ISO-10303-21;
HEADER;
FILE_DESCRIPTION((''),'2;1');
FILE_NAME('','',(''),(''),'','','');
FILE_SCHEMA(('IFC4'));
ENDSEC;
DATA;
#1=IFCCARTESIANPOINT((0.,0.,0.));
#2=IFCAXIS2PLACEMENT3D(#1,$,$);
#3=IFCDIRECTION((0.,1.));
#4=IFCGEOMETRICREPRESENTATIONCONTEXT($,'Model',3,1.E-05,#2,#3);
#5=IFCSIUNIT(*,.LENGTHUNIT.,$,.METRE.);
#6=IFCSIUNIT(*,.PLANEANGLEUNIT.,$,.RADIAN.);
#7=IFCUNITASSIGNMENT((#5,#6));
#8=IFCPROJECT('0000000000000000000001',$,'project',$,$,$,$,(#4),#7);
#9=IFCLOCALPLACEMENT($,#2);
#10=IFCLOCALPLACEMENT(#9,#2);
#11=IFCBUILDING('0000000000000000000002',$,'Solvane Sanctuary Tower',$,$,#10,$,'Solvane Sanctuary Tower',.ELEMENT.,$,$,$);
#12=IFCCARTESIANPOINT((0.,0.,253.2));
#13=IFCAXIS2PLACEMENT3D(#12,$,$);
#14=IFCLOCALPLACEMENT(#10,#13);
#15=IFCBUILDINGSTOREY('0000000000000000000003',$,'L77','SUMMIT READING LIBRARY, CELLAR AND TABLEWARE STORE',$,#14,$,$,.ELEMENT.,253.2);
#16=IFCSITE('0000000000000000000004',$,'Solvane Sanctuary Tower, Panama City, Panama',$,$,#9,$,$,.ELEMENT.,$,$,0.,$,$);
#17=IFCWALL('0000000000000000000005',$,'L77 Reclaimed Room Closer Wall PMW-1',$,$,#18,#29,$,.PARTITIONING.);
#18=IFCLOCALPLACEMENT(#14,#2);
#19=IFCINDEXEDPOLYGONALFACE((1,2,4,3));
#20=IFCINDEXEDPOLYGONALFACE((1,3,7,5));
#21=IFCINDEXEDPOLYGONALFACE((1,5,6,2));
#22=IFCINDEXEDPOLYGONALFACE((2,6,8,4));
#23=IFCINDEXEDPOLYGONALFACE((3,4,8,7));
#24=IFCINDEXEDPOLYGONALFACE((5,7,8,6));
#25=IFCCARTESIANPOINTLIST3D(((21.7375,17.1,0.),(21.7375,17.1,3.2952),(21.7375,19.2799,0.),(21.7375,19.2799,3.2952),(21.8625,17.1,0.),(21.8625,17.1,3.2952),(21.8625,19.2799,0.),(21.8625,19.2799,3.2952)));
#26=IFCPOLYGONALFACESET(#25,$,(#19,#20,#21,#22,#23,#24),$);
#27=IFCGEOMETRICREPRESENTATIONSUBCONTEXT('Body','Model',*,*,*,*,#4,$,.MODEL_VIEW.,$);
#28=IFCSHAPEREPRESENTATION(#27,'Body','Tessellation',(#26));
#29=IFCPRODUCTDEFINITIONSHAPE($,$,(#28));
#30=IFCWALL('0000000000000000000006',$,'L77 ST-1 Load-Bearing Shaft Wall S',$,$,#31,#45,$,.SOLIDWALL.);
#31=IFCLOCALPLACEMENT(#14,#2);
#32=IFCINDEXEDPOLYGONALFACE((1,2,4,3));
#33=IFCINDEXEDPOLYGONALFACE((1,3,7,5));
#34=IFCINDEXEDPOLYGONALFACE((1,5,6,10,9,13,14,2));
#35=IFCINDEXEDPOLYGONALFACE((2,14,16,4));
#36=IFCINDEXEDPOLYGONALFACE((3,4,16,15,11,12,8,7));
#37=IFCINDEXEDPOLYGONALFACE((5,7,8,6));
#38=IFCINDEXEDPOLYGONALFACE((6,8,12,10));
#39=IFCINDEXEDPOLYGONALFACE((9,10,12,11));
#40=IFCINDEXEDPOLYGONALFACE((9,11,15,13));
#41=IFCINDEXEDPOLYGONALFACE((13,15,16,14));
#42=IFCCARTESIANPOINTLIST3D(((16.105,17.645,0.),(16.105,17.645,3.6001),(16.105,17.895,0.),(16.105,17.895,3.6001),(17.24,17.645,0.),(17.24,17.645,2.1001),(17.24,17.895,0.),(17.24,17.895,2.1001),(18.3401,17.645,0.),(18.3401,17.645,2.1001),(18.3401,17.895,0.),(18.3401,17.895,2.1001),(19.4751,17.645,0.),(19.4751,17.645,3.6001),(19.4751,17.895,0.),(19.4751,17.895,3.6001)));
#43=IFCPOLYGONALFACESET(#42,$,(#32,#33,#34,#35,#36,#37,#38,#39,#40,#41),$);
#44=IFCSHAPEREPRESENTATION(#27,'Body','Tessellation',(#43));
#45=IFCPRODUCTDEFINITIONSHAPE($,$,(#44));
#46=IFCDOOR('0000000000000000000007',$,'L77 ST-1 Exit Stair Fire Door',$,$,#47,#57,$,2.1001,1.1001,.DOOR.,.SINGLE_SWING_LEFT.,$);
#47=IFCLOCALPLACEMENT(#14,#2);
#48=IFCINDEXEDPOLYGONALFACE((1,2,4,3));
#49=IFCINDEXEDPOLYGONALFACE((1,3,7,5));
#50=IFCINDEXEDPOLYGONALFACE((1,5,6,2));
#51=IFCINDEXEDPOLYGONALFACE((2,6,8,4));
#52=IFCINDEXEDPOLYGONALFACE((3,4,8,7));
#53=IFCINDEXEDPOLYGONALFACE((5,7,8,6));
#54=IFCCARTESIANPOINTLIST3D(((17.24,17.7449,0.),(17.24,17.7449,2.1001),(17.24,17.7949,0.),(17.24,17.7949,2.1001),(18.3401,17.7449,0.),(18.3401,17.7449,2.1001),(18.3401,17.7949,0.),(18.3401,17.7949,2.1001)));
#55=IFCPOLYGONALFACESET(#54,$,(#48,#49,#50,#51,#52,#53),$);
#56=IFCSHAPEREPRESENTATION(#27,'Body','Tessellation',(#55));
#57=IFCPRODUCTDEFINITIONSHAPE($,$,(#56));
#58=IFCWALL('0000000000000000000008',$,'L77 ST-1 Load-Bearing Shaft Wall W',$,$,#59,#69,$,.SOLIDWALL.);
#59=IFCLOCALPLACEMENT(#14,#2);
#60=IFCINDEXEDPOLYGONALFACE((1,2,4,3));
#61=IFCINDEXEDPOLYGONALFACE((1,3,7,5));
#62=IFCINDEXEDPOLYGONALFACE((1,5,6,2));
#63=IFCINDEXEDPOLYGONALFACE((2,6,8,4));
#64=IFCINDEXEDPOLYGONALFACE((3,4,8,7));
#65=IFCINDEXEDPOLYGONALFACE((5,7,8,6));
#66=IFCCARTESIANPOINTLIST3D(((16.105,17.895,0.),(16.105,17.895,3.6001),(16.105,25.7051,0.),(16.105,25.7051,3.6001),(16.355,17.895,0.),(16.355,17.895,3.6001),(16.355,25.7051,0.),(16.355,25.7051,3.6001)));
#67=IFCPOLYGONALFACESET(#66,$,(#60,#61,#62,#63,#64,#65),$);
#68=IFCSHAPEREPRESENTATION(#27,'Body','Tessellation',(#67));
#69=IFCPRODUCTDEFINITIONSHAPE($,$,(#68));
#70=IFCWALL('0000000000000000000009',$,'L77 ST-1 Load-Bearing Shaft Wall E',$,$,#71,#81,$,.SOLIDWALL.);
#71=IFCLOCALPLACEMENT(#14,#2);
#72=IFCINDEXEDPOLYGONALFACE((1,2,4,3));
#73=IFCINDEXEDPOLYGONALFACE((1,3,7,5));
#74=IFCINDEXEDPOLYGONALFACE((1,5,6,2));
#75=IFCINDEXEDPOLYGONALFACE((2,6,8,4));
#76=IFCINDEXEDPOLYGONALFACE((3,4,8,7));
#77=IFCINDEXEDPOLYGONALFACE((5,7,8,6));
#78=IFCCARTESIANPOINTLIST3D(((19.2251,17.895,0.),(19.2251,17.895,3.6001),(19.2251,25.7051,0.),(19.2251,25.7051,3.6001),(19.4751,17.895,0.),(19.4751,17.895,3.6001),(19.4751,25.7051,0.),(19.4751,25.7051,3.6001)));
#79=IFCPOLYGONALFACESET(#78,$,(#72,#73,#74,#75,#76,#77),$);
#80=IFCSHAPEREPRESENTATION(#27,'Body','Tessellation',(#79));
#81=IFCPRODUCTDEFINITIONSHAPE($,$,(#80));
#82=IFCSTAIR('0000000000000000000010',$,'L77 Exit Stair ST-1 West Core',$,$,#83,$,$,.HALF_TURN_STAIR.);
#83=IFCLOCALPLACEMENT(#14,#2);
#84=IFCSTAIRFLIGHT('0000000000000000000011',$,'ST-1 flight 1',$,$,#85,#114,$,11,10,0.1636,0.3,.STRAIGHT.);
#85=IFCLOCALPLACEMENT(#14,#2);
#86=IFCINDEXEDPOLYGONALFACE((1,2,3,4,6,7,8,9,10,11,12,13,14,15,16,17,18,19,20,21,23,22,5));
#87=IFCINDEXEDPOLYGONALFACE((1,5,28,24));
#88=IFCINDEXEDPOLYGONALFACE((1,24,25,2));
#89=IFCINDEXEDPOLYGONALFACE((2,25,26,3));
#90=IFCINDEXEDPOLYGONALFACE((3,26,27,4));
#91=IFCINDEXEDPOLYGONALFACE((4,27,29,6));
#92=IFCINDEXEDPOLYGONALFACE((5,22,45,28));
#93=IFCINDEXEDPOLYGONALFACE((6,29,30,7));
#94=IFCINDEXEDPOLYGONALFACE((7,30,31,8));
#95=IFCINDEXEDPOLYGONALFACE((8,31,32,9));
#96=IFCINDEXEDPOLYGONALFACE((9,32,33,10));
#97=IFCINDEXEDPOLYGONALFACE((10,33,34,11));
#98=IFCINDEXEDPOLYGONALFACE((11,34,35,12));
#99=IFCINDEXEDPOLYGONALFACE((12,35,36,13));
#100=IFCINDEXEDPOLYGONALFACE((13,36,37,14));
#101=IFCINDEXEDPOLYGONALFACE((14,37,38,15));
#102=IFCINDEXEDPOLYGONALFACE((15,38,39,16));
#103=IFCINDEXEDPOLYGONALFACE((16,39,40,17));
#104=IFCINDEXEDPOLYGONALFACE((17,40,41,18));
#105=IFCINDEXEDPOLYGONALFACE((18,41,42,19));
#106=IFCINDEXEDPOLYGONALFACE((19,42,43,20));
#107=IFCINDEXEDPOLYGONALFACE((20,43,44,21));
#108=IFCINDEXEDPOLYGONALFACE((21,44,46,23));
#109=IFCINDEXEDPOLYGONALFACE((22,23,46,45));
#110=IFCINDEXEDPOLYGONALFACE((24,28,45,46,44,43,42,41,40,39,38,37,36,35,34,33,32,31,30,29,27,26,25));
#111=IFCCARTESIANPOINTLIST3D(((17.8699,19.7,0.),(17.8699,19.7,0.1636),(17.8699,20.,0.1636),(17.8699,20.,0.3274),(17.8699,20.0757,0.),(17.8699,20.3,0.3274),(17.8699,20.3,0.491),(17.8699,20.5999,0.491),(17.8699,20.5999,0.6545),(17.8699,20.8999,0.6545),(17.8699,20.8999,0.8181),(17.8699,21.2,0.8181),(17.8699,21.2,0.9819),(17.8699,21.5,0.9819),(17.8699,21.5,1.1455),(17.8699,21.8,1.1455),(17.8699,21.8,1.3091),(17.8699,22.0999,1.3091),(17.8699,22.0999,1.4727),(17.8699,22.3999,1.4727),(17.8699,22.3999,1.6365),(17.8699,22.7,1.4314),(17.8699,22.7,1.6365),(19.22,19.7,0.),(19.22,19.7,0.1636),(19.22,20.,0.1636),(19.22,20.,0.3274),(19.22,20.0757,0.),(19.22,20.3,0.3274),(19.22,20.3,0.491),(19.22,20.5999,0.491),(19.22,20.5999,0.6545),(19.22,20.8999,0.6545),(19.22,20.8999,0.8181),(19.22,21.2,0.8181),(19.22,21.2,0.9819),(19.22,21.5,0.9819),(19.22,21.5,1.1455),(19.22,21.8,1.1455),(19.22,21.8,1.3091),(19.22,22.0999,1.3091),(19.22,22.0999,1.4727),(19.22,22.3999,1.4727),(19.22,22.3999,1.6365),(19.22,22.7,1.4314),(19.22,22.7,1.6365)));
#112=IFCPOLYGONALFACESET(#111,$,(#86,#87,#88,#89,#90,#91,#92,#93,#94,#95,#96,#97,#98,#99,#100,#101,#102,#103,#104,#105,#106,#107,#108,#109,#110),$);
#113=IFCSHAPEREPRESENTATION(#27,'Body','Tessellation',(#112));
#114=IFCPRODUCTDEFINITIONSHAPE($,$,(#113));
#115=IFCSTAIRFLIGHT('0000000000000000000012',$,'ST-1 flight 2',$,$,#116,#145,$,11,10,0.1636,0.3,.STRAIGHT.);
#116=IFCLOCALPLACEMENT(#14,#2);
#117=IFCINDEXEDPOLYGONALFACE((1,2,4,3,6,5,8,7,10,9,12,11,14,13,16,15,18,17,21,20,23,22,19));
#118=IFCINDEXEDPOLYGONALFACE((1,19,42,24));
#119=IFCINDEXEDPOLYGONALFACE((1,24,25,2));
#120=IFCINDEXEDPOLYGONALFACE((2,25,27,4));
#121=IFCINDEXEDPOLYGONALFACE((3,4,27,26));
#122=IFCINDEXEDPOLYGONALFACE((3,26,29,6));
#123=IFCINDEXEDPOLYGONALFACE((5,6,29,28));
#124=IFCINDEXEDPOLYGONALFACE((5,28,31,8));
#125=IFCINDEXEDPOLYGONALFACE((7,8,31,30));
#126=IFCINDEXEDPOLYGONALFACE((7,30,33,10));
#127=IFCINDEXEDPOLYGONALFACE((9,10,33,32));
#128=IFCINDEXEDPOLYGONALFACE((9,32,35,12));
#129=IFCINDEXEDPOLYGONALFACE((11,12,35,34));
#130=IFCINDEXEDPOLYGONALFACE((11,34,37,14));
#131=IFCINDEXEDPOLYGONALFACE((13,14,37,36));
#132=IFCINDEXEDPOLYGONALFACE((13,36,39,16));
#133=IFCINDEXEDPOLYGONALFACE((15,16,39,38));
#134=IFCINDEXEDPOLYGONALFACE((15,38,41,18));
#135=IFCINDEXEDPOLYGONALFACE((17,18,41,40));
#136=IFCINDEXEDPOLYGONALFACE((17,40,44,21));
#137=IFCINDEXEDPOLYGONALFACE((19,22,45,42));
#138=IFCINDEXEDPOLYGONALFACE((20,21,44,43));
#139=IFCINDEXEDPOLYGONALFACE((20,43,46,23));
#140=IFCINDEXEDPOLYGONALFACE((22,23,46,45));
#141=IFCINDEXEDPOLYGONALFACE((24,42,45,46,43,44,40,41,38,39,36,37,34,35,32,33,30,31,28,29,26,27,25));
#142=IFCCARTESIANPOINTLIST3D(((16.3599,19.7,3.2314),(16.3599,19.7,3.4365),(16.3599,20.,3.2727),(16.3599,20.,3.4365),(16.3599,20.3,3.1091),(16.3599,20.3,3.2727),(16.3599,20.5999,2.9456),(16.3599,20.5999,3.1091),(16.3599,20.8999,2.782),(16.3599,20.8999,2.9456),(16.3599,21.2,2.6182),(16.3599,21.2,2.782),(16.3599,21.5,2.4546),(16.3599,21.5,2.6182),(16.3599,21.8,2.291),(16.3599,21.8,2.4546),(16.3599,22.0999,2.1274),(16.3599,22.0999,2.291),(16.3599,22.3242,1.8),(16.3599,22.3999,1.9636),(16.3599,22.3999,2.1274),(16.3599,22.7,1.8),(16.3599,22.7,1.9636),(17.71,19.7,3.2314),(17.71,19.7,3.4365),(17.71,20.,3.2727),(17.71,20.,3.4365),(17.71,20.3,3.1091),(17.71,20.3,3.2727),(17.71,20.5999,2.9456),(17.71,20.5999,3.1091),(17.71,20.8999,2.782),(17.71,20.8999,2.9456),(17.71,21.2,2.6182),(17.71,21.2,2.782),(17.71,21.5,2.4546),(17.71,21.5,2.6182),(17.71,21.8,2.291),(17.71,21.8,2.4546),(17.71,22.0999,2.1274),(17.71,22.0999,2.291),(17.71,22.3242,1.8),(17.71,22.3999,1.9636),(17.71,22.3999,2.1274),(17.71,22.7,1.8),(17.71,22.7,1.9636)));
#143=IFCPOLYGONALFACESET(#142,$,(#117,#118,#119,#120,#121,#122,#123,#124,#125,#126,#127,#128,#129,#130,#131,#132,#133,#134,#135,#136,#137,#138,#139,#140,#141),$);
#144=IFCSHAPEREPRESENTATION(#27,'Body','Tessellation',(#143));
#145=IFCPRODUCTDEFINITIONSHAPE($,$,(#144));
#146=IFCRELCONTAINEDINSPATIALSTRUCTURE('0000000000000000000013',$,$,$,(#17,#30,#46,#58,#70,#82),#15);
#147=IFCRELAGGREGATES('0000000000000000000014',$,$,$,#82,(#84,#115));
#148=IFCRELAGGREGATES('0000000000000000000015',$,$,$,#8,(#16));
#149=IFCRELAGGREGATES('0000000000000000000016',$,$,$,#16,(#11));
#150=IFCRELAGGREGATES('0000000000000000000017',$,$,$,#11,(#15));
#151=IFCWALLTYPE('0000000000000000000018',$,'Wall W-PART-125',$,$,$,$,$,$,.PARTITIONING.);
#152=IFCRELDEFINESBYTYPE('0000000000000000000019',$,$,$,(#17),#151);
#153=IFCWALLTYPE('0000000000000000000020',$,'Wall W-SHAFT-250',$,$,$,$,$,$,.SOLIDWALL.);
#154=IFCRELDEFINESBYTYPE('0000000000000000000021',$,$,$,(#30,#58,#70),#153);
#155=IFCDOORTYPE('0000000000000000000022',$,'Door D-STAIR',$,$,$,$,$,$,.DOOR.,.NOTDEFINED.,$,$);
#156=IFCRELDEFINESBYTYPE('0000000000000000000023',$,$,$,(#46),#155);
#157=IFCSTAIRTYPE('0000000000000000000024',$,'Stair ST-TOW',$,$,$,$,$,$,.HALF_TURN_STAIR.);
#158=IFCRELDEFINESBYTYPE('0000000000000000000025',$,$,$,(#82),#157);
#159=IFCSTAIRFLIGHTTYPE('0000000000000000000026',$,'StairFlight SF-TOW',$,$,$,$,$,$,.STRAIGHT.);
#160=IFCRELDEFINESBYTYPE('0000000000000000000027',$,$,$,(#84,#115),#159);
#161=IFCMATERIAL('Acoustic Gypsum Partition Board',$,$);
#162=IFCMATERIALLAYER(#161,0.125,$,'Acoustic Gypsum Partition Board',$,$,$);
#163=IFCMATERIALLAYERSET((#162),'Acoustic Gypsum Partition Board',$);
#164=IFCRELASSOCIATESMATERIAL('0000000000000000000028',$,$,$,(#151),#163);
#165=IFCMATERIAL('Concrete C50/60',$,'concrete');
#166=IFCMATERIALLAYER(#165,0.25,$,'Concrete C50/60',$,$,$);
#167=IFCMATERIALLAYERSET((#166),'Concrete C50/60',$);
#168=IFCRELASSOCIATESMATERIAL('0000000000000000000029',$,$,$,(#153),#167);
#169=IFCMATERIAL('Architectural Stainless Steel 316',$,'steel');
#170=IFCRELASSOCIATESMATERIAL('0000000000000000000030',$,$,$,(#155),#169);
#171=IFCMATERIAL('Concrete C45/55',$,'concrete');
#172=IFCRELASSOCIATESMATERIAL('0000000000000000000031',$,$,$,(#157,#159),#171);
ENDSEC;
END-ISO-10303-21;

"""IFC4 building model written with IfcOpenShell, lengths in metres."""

from ifc_helpers import new_model, si_unit, direction, frame, frame_2d, origin, place, context, subcontext, project, spatial, polyline, rectangle, outline, extrude, material, layer, layer_set, type_object, element, fill, aggregate, save


model = new_model("IFC4")

# Units and contexts
model_context = context("Model", 3, precision=1e-05, world=origin(), true_north=direction((0.0, 1.0)))
body_context = subcontext(model_context, "Body", "Model", "MODEL_VIEW")
ifc_project = project(units=[si_unit("LENGTHUNIT", "METRE"), si_unit("PLANEANGLEUNIT", "RADIAN")], contexts=[model_context])

# Site, building, storey
site_placement = place(None, origin())
site = spatial("IfcSite", under=ifc_project, at=site_placement, Name="Solvane Sanctuary Tower, Panama City, Panama", CompositionType="ELEMENT", RefElevation=0.0)
building_placement = place(site_placement, origin())
building = spatial("IfcBuilding", under=site, at=building_placement, Name="Solvane Sanctuary Tower", LongName="Solvane Sanctuary Tower", CompositionType="ELEMENT")
storey_placement = place(building_placement, frame((0.0, 0.0, 253.2)))
storey = spatial("IfcBuildingStorey", under=building, at=storey_placement, Name="L77", Description="SUMMIT READING LIBRARY, CELLAR AND TABLEWARE STORE", CompositionType="ELEMENT", Elevation=253.2)

# Shared definitions
ifc_material_1 = material(Name="Concrete C50/60", Category="concrete")

# Shared definitions
ifc_material_2 = material(Name="Acoustic Gypsum Partition Board")

# Wall
ifc_layer_1 = layer(ifc_material_2, 0.125, Name="Acoustic Gypsum Partition Board")
ifc_layer_set_1 = layer_set([ifc_layer_1], Name="Acoustic Gypsum Partition Board")
wall_type_1 = type_object("IfcWallType", Name="Wall W-PART-125", PredefinedType="PARTITIONING", material=ifc_layer_set_1)
wall_1_placement = place(storey_placement, frame((21.8, 17.1001, 0.0), z_axis=(0.0, 0.0, 1.0), x_axis=(0.0, 1.0, 0.0)))
element("IfcWall", 1, at=wall_1_placement, inside=storey, type_object=wall_type_1, Name="L77 Reclaimed Room Closer Wall PMW-1", PredefinedType="PARTITIONING", context=body_context, shape_type="SweptSolid", body=[
    extrude(rectangle(XDim=2.1799, YDim=0.125, at=frame_2d((1.0898, 0.0))), origin(), (0.0, 0.0, 1.0), 3.2952),
])

# Wall, opening, door
ifc_layer_2 = layer(ifc_material_1, 0.25, Name="Concrete C50/60")
ifc_layer_set_2 = layer_set([ifc_layer_2], Name="Concrete C50/60")
wall_type_2 = type_object("IfcWallType", Name="Wall W-SHAFT-250", PredefinedType="SOLIDWALL", material=ifc_layer_set_2)
wall_2_placement = place(storey_placement, frame((16.105, 17.77, 0.0), z_axis=(0.0, 0.0, 1.0), x_axis=(1.0, 0.0, 0.0)))
wall_2 = element("IfcWall", 2, at=wall_2_placement, inside=storey, type_object=wall_type_2, Name="L77 ST-1 Load-Bearing Shaft Wall S", PredefinedType="SOLIDWALL", context=body_context, shape_type="SweptSolid", body=[
    extrude(rectangle(XDim=3.3701, YDim=0.25, at=frame_2d((1.6851, 0.0))), origin(), (0.0, 0.0, 1.0), 3.6001),
])
opening_1_placement = place(wall_2_placement, frame((1.135, 0.0, 0.0)))
opening_1 = element("IfcOpeningElement", 3, at=opening_1_placement, cuts=wall_2, PredefinedType="OPENING", context=body_context, shape_type="SweptSolid", body=[
    extrude(rectangle(XDim=1.1001, YDim=2.1001, at=frame_2d((0.55, 1.05))), frame((0.0, 0.135, 0.0), z_axis=(0.0, -1.0, 0.0), x_axis=(1.0, 0.0, 0.0)), (0.0, 0.0, 1.0), 0.27),
])
ifc_material_3 = material(Name="Architectural Stainless Steel 316", Category="steel")
door_type_1 = type_object("IfcDoorType", Name="Door D-STAIR", OperationType="NOTDEFINED", PredefinedType="DOOR", material=ifc_material_3)
door_1_placement = place(opening_1_placement, origin())
door_1 = element("IfcDoor", 4, at=door_1_placement, inside=storey, type_object=door_type_1, Name="L77 ST-1 Exit Stair Fire Door", OperationType="SINGLE_SWING_LEFT", OverallHeight=2.1001, OverallWidth=1.1001, PredefinedType="DOOR", context=body_context, shape_type="SweptSolid", body=[
    extrude(rectangle(XDim=1.1001, YDim=2.1001, at=frame_2d((0.55, 1.05))), frame((0.0, 0.0249, 0.0), z_axis=(0.0, -1.0, 0.0), x_axis=(1.0, 0.0, 0.0)), (0.0, 0.0, 1.0), 0.05),
])
fill(opening_1, door_1)

# Walls
for number, where, z_axis, x_axis, name in (
    (5, (16.23, 17.895, 0.0), (0.0, 0.0, 1.0), (0.0, 1.0, 0.0), "L77 ST-1 Load-Bearing Shaft Wall W"),
    (6, (19.3501, 17.895, 0.0), (0.0, 0.0, 1.0), (0.0, 1.0, 0.0), "L77 ST-1 Load-Bearing Shaft Wall E"),
):
    element("IfcWall", number, at=place(storey_placement, frame(where, z_axis=z_axis, x_axis=x_axis)), inside=storey, type_object=wall_type_2, Name=name, PredefinedType="SOLIDWALL", context=body_context, shape_type="SweptSolid", body=[
        extrude(rectangle(XDim=7.8101, YDim=0.25, at=frame_2d((3.905, 0.0))), origin(), (0.0, 0.0, 1.0), 3.6001),
    ])

# Stair, stair flights
ifc_material_4 = material(Name="Concrete C45/55", Category="concrete")
stair_type = type_object("IfcStairType", Name="Stair ST-TOW", PredefinedType="HALF_TURN_STAIR", material=ifc_material_4)
stair_placement = place(storey_placement, origin())
stair = element("IfcStair", 7, at=stair_placement, inside=storey, type_object=stair_type, Name="L77 Exit Stair ST-1 West Core", PredefinedType="HALF_TURN_STAIR")
stair_flight_type = type_object("IfcStairFlightType", Name="StairFlight SF-TOW", PredefinedType="STRAIGHT", material=ifc_material_4)
stair_flight_1_placement = place(storey_placement, frame((18.5449, 19.7, 0.0), z_axis=(0.0, 0.0, 1.0), x_axis=(0.0, 1.0, 0.0)))
stair_flight_1 = element("IfcStairFlight", 8, at=stair_flight_1_placement, type_object=stair_flight_type, Name="ST-1 flight 1", NumberOfRisers=11, NumberOfTreads=10, PredefinedType="STRAIGHT", RiserHeight=0.1636, TreadLength=0.3, context=body_context, shape_type="SweptSolid", body=[
    extrude(outline(polyline([(0.0, 0.0), (0.0, 0.1636), (0.3, 0.1636), (0.3, 0.3274), (0.6001, 0.3274), (0.6001, 0.491), (0.8999, 0.491), (0.8999, 0.6545), (1.2, 0.6545), (1.2, 0.8181), (1.5, 0.8181), (1.5, 0.9819), (1.8, 0.9819), (1.8, 1.1455), (2.1001, 1.1455), (2.1001, 1.3091), (2.3999, 1.3091), (2.3999, 1.4727), (2.7, 1.4727), (2.7, 1.6365), (3.0, 1.6365), (3.0, 1.8), (3.0, 1.4314), (0.3757, 0.0), (0.0, 0.0)])), frame((0.0, 0.675, 0.0), z_axis=(0.0, -1.0, 0.0), x_axis=(1.0, 0.0, 0.0)), (0.0, 0.0, 1.0), 1.3501),
])
stair_flight_2_placement = place(storey_placement, frame((17.0349, 22.7, 1.8), z_axis=(0.0, 0.0, 1.0), x_axis=(0.0, -1.0, 0.0)))
stair_flight_2 = element("IfcStairFlight", 9, at=stair_flight_2_placement, type_object=stair_flight_type, Name="ST-1 flight 2", NumberOfRisers=11, NumberOfTreads=10, PredefinedType="STRAIGHT", RiserHeight=0.1636, TreadLength=0.3, context=body_context, shape_type="SweptSolid", body=[
    extrude(outline(polyline([(0.0, 0.0), (0.0, 0.1636), (0.3, 0.1636), (0.3, 0.3274), (0.6001, 0.3274), (0.6001, 0.491), (0.8999, 0.491), (0.8999, 0.6545), (1.2, 0.6545), (1.2, 0.8181), (1.5, 0.8181), (1.5, 0.9819), (1.8, 0.9819), (1.8, 1.1455), (2.1001, 1.1455), (2.1001, 1.3091), (2.3999, 1.3091), (2.3999, 1.4727), (2.7, 1.4727), (2.7, 1.6365), (3.0, 1.6365), (3.0, 1.8), (3.0, 1.4314), (0.3757, 0.0), (0.0, 0.0)])), frame((0.0, 0.675, 0.0), z_axis=(0.0, -1.0, 0.0), x_axis=(1.0, 0.0, 0.0)), (0.0, 0.0, 1.0), 1.3501),
])
aggregate(stair, [stair_flight_1, stair_flight_2])

save(model, "model.ifc")
